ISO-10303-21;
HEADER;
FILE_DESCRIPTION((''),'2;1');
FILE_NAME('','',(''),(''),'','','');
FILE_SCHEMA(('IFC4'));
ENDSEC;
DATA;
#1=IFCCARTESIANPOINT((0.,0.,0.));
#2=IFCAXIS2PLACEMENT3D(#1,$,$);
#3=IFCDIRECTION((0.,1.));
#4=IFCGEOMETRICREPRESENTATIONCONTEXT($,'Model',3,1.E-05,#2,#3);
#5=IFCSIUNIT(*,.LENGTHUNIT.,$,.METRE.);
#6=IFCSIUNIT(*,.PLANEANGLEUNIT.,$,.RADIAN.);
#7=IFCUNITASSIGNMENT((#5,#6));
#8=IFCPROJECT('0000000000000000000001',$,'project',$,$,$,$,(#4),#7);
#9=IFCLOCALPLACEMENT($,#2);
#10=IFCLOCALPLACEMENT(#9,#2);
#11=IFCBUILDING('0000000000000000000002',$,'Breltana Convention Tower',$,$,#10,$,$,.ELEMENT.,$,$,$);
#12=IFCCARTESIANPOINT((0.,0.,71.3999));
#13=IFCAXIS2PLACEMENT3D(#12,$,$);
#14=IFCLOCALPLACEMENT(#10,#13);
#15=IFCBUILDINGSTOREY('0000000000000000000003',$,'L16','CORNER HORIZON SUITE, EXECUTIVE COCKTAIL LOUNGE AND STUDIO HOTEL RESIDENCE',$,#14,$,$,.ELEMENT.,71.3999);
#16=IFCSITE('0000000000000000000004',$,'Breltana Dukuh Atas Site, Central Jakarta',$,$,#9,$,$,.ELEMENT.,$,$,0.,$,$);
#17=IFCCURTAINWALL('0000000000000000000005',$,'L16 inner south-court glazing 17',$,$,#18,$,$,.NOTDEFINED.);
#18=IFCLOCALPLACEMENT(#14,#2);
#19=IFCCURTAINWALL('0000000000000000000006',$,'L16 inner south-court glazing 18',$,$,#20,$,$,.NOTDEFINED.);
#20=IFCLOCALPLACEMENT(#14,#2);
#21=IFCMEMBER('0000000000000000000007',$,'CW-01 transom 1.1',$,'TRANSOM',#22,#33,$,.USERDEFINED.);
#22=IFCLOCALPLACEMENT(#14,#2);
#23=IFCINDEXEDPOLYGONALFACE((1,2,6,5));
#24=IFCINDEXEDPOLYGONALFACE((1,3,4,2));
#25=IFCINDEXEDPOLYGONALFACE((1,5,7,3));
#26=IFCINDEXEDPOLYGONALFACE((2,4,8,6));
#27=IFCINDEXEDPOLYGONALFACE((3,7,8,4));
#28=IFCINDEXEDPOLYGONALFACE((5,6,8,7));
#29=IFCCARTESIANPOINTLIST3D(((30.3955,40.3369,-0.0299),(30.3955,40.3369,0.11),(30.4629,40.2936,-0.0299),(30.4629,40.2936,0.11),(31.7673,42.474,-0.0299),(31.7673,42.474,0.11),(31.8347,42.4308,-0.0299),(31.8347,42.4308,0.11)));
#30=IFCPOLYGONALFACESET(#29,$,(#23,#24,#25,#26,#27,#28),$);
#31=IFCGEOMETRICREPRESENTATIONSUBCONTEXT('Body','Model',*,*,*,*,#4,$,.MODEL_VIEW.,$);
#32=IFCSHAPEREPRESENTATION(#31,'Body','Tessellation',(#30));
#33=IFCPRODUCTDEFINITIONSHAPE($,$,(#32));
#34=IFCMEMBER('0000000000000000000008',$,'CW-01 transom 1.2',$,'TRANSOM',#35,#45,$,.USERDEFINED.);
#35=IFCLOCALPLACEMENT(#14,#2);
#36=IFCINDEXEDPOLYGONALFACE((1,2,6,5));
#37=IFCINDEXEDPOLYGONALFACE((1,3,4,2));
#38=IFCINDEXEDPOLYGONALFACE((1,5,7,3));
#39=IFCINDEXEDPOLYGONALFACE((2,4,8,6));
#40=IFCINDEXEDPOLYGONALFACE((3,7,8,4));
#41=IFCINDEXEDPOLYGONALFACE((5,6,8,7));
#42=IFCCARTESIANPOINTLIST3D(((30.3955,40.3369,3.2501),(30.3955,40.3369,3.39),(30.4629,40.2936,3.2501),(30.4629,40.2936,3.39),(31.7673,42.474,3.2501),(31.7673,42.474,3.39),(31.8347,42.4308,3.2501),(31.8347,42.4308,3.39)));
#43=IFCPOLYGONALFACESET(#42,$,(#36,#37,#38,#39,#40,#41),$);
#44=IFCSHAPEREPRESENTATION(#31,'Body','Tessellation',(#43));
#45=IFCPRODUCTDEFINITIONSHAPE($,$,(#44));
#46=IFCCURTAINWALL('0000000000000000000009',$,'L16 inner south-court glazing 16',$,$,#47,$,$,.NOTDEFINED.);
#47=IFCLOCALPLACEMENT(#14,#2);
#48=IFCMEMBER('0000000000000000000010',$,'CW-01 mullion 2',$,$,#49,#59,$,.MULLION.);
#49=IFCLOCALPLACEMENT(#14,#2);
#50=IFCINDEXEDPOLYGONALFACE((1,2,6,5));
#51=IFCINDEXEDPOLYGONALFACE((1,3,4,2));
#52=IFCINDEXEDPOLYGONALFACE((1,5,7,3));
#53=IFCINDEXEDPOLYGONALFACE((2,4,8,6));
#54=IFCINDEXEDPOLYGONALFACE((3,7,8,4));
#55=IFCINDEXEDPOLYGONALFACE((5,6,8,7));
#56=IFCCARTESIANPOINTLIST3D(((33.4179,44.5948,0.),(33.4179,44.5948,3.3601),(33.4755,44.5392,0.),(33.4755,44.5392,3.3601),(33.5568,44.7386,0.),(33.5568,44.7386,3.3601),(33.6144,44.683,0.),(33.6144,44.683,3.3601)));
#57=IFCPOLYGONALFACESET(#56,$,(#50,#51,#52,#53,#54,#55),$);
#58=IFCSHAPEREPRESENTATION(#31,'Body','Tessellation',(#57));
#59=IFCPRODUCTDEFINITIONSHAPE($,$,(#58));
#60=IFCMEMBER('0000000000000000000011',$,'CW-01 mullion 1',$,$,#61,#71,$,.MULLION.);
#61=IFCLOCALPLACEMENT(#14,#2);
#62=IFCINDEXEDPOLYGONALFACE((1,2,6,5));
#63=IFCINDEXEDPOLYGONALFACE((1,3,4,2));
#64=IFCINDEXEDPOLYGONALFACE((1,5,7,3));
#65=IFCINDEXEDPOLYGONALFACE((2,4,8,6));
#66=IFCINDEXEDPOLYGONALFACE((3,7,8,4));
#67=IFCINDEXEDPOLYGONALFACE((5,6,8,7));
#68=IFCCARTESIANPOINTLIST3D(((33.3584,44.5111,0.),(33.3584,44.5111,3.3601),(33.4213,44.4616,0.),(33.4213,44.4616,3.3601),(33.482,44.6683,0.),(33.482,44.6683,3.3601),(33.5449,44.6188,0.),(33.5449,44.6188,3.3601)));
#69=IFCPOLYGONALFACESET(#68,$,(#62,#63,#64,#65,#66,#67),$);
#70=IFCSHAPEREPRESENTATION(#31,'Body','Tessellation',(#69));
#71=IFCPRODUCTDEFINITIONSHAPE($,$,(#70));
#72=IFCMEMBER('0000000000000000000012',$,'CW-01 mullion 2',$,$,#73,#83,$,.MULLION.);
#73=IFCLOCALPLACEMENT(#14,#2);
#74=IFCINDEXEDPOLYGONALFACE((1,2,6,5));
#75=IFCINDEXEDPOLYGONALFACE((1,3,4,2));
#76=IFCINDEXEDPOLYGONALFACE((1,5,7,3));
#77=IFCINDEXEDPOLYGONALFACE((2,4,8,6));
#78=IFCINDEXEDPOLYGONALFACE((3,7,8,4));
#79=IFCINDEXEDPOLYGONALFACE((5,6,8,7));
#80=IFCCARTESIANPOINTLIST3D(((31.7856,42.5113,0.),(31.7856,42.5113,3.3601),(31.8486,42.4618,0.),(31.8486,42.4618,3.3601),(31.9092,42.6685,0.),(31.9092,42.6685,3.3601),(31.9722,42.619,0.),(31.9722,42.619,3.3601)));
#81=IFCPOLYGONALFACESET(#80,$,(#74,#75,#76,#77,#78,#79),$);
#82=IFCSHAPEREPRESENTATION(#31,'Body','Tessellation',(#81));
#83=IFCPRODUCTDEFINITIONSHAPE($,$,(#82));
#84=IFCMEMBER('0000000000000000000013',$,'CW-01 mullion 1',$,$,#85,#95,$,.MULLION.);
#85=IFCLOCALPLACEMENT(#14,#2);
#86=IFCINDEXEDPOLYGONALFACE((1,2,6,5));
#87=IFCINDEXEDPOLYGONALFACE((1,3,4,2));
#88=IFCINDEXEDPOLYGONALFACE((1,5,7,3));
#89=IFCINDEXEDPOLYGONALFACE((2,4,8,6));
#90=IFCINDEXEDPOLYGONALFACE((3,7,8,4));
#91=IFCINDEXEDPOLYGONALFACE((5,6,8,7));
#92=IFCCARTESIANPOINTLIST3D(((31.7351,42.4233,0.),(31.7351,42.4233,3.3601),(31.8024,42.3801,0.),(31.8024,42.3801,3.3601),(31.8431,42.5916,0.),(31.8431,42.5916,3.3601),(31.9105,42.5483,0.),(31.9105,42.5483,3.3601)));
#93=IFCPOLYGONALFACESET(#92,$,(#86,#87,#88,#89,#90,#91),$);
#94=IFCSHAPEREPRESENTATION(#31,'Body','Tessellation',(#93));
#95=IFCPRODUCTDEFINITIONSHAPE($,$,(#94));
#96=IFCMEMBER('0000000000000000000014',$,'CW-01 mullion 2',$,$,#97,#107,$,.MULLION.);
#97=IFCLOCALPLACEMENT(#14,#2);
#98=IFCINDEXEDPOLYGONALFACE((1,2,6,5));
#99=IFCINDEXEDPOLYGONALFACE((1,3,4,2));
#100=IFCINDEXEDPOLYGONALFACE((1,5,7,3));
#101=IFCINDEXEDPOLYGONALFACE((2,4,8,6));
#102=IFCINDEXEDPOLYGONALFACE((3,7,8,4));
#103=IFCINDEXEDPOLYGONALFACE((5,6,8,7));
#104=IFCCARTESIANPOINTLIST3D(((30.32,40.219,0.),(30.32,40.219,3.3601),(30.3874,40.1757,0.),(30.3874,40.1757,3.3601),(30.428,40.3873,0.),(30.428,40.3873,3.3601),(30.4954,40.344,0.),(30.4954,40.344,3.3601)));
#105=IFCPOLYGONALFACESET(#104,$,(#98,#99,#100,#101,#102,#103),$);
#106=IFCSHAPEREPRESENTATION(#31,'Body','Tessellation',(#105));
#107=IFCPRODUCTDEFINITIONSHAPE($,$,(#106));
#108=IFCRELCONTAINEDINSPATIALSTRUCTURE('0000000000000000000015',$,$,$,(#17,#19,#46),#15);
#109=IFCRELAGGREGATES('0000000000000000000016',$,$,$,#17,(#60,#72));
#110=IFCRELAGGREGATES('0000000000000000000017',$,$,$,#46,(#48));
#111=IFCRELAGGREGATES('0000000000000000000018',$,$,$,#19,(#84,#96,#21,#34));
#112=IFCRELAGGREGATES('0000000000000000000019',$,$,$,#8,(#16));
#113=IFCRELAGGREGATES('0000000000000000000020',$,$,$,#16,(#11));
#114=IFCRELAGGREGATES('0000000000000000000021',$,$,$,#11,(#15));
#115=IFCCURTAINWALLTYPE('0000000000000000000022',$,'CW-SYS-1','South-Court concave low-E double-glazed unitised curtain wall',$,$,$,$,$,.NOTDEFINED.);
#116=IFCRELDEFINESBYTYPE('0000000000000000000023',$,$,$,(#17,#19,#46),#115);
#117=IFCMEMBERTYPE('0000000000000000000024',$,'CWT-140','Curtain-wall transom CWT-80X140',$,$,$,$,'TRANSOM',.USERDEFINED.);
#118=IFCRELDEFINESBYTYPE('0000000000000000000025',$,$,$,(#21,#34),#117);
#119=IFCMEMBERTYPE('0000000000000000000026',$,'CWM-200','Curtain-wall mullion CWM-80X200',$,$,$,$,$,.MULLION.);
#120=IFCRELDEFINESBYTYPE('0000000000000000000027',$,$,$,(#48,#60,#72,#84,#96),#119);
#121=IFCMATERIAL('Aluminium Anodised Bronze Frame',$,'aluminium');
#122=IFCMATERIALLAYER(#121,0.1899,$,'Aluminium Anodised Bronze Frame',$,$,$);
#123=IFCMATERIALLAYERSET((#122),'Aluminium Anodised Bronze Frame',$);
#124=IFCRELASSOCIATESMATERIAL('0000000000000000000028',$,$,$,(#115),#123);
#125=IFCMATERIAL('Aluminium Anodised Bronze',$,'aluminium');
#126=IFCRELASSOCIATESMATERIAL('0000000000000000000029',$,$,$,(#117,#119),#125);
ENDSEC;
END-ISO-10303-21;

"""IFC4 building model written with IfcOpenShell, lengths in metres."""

from ifc_helpers import new_model, si_unit, direction, frame, origin, origin_2d, place, context, subcontext, project, spatial, rectangle, extrude, source, transform, mapped, material, layer, layer_set, material_profile, profile_set, type_object, element, aggregate, save


model = new_model("IFC4")

# Units and contexts
model_context = context("Model", 3, precision=1e-05, world=origin(), true_north=direction((0.0, 1.0)))
body_context = subcontext(model_context, "Body", "Model", "MODEL_VIEW")
ifc_project = project(units=[si_unit("LENGTHUNIT", "METRE"), si_unit("PLANEANGLEUNIT", "RADIAN")], contexts=[model_context])

# Site, building, storey
site_placement = place(None, origin())
site = spatial("IfcSite", under=ifc_project, at=site_placement, Name="Breltana Dukuh Atas Site, Central Jakarta", CompositionType="ELEMENT", RefElevation=0.0)
building_placement = place(site_placement, origin())
building = spatial("IfcBuilding", under=site, at=building_placement, Name="Breltana Convention Tower", CompositionType="ELEMENT")
storey_placement = place(building_placement, frame((0.0, 0.0, 71.3999)))
storey = spatial("IfcBuildingStorey", under=building, at=storey_placement, Name="L16", Description="CORNER HORIZON SUITE, EXECUTIVE COCKTAIL LOUNGE AND STUDIO HOTEL RESIDENCE", CompositionType="ELEMENT", Elevation=71.3999)

# Curtain walls, members
ifc_material_1 = material(Name="Aluminium Anodised Bronze Frame", Category="aluminium")
ifc_layer_1 = layer(ifc_material_1, 0.1899, Name="Aluminium Anodised Bronze Frame")
ifc_layer_set_1 = layer_set([ifc_layer_1], Name="Aluminium Anodised Bronze Frame")
curtain_wall_type = type_object("IfcCurtainWallType", Name="CW-SYS-1", Description="South-Court concave low-E double-glazed unitised curtain wall", PredefinedType="NOTDEFINED", material=ifc_layer_set_1)
curtain_wall_1_placement = place(storey_placement, origin())
curtain_wall_1 = element("IfcCurtainWall", 1, at=curtain_wall_1_placement, inside=storey, type_object=curtain_wall_type, Name="L16 inner south-court glazing 17", PredefinedType="NOTDEFINED")
ifc_material_2 = material(Name="Aluminium Anodised Bronze", Category="aluminium")
ifc_material_profile_1 = material_profile(ifc_material_2, rectangle(XDim=0.0801, YDim=0.1399, at=origin_2d()), Name="CWT-80X140")
ifc_profile_set_1 = profile_set([ifc_material_profile_1], Name="Aluminium Anodised Bronze")
member_type_1 = type_object("IfcMemberType", Name="CWT-140", Description="Curtain-wall transom CWT-80X140", ElementType="TRANSOM", PredefinedType="USERDEFINED", material=ifc_profile_set_1)
curtain_wall_2_placement = place(storey_placement, origin())
curtain_wall_2 = element("IfcCurtainWall", 2, at=curtain_wall_2_placement, inside=storey, type_object=curtain_wall_type, Name="L16 inner south-court glazing 18", PredefinedType="NOTDEFINED")
shared_shape_1 = source(origin(), body_context, "Body", "SweptSolid", [
    extrude(rectangle(XDim=0.0801, YDim=0.1399, at=origin_2d()), origin(), (0.0, 0.0, 1.0), 2.5396),
])
member_1_placement = place(storey_placement, frame((31.801, 42.4524, 0.04), z_axis=(-0.540174, -0.841553, 0.0), x_axis=(0.841553, -0.540174, 0.0)))
member_1 = element("IfcMember", 3, at=member_1_placement, type_object=member_type_1, Name="CW-01 transom 1.1", ObjectType="TRANSOM", PredefinedType="USERDEFINED", context=body_context, shape_type="MappedRepresentation", body=[
    mapped(shared_shape_1, transform((0.0, 0.0, 0.0), scale=1.0)),
])
member_2_placement = place(storey_placement, frame((31.801, 42.4524, 3.3201), z_axis=(-0.540174, -0.841553, 0.0), x_axis=(0.841553, -0.540174, 0.0)))
member_2 = element("IfcMember", 4, at=member_2_placement, type_object=member_type_1, Name="CW-01 transom 1.2", ObjectType="TRANSOM", PredefinedType="USERDEFINED", context=body_context, shape_type="MappedRepresentation", body=[
    mapped(shared_shape_1, transform((0.0, 0.0, 0.0), scale=1.0)),
])

# Curtain wall, member
curtain_wall_3_placement = place(storey_placement, origin())
curtain_wall_3 = element("IfcCurtainWall", 5, at=curtain_wall_3_placement, inside=storey, type_object=curtain_wall_type, Name="L16 inner south-court glazing 16", PredefinedType="NOTDEFINED")
ifc_material_profile_2 = material_profile(ifc_material_2, rectangle(XDim=0.0801, YDim=0.2, at=origin_2d()), Name="CWM-80X200")
ifc_profile_set_2 = profile_set([ifc_material_profile_2], Name="Aluminium Anodised Bronze")
member_type_2 = type_object("IfcMemberType", Name="CWM-200", Description="Curtain-wall mullion CWM-80X200", PredefinedType="MULLION", material=ifc_profile_set_2)
shared_shape_2 = source(origin(), body_context, "Body", "SweptSolid", [
    extrude(rectangle(XDim=0.0801, YDim=0.2, at=origin_2d()), origin(), (0.0, 0.0, 1.0), 3.3601),
])
member_3_placement = place(storey_placement, frame((33.5161, 44.6389, 0.0), z_axis=(0.0, 0.0, 1.0), x_axis=(0.719385, -0.694612, 0.0)))
member_3 = element("IfcMember", 6, at=member_3_placement, type_object=member_type_2, Name="CW-01 mullion 2", PredefinedType="MULLION", context=body_context, shape_type="MappedRepresentation", body=[
    mapped(shared_shape_2, transform((0.0, 0.0, 0.0), scale=1.0)),
])

# Members
member_4_placement = place(storey_placement, frame((33.4517, 44.5649, 0.0), z_axis=(0.0, 0.0, 1.0), x_axis=(0.786058, -0.618153, 0.0)))
member_4 = element("IfcMember", 7, at=member_4_placement, type_object=member_type_2, Name="CW-01 mullion 1", PredefinedType="MULLION", context=body_context, shape_type="MappedRepresentation", body=[
    mapped(shared_shape_2, transform((0.0, 0.0, 0.0), scale=1.0)),
])
member_5_placement = place(storey_placement, frame((31.8789, 42.5652, 0.0), z_axis=(0.0, 0.0, 1.0), x_axis=(0.786058, -0.618153, 0.0)))
member_5 = element("IfcMember", 8, at=member_5_placement, type_object=member_type_2, Name="CW-01 mullion 2", PredefinedType="MULLION", context=body_context, shape_type="MappedRepresentation", body=[
    mapped(shared_shape_2, transform((0.0, 0.0, 0.0), scale=1.0)),
])
member_6_placement = place(storey_placement, frame((31.8228, 42.4858, 0.0), z_axis=(0.0, 0.0, 1.0), x_axis=(0.841556, -0.54017, 0.0)))
member_6 = element("IfcMember", 9, at=member_6_placement, type_object=member_type_2, Name="CW-01 mullion 1", PredefinedType="MULLION", context=body_context, shape_type="MappedRepresentation", body=[
    mapped(shared_shape_2, transform((0.0, 0.0, 0.0), scale=1.0)),
])
member_7_placement = place(storey_placement, frame((30.4077, 40.2815, 0.0), z_axis=(0.0, 0.0, 1.0), x_axis=(0.841556, -0.54017, 0.0)))
member_7 = element("IfcMember", 10, at=member_7_placement, type_object=member_type_2, Name="CW-01 mullion 2", PredefinedType="MULLION", context=body_context, shape_type="MappedRepresentation", body=[
    mapped(shared_shape_2, transform((0.0, 0.0, 0.0), scale=1.0)),
])

aggregate(curtain_wall_1, [member_4, member_5])
aggregate(curtain_wall_3, [member_3])
aggregate(curtain_wall_2, [member_6, member_7, member_1, member_2])

save(model, "model.ifc")
